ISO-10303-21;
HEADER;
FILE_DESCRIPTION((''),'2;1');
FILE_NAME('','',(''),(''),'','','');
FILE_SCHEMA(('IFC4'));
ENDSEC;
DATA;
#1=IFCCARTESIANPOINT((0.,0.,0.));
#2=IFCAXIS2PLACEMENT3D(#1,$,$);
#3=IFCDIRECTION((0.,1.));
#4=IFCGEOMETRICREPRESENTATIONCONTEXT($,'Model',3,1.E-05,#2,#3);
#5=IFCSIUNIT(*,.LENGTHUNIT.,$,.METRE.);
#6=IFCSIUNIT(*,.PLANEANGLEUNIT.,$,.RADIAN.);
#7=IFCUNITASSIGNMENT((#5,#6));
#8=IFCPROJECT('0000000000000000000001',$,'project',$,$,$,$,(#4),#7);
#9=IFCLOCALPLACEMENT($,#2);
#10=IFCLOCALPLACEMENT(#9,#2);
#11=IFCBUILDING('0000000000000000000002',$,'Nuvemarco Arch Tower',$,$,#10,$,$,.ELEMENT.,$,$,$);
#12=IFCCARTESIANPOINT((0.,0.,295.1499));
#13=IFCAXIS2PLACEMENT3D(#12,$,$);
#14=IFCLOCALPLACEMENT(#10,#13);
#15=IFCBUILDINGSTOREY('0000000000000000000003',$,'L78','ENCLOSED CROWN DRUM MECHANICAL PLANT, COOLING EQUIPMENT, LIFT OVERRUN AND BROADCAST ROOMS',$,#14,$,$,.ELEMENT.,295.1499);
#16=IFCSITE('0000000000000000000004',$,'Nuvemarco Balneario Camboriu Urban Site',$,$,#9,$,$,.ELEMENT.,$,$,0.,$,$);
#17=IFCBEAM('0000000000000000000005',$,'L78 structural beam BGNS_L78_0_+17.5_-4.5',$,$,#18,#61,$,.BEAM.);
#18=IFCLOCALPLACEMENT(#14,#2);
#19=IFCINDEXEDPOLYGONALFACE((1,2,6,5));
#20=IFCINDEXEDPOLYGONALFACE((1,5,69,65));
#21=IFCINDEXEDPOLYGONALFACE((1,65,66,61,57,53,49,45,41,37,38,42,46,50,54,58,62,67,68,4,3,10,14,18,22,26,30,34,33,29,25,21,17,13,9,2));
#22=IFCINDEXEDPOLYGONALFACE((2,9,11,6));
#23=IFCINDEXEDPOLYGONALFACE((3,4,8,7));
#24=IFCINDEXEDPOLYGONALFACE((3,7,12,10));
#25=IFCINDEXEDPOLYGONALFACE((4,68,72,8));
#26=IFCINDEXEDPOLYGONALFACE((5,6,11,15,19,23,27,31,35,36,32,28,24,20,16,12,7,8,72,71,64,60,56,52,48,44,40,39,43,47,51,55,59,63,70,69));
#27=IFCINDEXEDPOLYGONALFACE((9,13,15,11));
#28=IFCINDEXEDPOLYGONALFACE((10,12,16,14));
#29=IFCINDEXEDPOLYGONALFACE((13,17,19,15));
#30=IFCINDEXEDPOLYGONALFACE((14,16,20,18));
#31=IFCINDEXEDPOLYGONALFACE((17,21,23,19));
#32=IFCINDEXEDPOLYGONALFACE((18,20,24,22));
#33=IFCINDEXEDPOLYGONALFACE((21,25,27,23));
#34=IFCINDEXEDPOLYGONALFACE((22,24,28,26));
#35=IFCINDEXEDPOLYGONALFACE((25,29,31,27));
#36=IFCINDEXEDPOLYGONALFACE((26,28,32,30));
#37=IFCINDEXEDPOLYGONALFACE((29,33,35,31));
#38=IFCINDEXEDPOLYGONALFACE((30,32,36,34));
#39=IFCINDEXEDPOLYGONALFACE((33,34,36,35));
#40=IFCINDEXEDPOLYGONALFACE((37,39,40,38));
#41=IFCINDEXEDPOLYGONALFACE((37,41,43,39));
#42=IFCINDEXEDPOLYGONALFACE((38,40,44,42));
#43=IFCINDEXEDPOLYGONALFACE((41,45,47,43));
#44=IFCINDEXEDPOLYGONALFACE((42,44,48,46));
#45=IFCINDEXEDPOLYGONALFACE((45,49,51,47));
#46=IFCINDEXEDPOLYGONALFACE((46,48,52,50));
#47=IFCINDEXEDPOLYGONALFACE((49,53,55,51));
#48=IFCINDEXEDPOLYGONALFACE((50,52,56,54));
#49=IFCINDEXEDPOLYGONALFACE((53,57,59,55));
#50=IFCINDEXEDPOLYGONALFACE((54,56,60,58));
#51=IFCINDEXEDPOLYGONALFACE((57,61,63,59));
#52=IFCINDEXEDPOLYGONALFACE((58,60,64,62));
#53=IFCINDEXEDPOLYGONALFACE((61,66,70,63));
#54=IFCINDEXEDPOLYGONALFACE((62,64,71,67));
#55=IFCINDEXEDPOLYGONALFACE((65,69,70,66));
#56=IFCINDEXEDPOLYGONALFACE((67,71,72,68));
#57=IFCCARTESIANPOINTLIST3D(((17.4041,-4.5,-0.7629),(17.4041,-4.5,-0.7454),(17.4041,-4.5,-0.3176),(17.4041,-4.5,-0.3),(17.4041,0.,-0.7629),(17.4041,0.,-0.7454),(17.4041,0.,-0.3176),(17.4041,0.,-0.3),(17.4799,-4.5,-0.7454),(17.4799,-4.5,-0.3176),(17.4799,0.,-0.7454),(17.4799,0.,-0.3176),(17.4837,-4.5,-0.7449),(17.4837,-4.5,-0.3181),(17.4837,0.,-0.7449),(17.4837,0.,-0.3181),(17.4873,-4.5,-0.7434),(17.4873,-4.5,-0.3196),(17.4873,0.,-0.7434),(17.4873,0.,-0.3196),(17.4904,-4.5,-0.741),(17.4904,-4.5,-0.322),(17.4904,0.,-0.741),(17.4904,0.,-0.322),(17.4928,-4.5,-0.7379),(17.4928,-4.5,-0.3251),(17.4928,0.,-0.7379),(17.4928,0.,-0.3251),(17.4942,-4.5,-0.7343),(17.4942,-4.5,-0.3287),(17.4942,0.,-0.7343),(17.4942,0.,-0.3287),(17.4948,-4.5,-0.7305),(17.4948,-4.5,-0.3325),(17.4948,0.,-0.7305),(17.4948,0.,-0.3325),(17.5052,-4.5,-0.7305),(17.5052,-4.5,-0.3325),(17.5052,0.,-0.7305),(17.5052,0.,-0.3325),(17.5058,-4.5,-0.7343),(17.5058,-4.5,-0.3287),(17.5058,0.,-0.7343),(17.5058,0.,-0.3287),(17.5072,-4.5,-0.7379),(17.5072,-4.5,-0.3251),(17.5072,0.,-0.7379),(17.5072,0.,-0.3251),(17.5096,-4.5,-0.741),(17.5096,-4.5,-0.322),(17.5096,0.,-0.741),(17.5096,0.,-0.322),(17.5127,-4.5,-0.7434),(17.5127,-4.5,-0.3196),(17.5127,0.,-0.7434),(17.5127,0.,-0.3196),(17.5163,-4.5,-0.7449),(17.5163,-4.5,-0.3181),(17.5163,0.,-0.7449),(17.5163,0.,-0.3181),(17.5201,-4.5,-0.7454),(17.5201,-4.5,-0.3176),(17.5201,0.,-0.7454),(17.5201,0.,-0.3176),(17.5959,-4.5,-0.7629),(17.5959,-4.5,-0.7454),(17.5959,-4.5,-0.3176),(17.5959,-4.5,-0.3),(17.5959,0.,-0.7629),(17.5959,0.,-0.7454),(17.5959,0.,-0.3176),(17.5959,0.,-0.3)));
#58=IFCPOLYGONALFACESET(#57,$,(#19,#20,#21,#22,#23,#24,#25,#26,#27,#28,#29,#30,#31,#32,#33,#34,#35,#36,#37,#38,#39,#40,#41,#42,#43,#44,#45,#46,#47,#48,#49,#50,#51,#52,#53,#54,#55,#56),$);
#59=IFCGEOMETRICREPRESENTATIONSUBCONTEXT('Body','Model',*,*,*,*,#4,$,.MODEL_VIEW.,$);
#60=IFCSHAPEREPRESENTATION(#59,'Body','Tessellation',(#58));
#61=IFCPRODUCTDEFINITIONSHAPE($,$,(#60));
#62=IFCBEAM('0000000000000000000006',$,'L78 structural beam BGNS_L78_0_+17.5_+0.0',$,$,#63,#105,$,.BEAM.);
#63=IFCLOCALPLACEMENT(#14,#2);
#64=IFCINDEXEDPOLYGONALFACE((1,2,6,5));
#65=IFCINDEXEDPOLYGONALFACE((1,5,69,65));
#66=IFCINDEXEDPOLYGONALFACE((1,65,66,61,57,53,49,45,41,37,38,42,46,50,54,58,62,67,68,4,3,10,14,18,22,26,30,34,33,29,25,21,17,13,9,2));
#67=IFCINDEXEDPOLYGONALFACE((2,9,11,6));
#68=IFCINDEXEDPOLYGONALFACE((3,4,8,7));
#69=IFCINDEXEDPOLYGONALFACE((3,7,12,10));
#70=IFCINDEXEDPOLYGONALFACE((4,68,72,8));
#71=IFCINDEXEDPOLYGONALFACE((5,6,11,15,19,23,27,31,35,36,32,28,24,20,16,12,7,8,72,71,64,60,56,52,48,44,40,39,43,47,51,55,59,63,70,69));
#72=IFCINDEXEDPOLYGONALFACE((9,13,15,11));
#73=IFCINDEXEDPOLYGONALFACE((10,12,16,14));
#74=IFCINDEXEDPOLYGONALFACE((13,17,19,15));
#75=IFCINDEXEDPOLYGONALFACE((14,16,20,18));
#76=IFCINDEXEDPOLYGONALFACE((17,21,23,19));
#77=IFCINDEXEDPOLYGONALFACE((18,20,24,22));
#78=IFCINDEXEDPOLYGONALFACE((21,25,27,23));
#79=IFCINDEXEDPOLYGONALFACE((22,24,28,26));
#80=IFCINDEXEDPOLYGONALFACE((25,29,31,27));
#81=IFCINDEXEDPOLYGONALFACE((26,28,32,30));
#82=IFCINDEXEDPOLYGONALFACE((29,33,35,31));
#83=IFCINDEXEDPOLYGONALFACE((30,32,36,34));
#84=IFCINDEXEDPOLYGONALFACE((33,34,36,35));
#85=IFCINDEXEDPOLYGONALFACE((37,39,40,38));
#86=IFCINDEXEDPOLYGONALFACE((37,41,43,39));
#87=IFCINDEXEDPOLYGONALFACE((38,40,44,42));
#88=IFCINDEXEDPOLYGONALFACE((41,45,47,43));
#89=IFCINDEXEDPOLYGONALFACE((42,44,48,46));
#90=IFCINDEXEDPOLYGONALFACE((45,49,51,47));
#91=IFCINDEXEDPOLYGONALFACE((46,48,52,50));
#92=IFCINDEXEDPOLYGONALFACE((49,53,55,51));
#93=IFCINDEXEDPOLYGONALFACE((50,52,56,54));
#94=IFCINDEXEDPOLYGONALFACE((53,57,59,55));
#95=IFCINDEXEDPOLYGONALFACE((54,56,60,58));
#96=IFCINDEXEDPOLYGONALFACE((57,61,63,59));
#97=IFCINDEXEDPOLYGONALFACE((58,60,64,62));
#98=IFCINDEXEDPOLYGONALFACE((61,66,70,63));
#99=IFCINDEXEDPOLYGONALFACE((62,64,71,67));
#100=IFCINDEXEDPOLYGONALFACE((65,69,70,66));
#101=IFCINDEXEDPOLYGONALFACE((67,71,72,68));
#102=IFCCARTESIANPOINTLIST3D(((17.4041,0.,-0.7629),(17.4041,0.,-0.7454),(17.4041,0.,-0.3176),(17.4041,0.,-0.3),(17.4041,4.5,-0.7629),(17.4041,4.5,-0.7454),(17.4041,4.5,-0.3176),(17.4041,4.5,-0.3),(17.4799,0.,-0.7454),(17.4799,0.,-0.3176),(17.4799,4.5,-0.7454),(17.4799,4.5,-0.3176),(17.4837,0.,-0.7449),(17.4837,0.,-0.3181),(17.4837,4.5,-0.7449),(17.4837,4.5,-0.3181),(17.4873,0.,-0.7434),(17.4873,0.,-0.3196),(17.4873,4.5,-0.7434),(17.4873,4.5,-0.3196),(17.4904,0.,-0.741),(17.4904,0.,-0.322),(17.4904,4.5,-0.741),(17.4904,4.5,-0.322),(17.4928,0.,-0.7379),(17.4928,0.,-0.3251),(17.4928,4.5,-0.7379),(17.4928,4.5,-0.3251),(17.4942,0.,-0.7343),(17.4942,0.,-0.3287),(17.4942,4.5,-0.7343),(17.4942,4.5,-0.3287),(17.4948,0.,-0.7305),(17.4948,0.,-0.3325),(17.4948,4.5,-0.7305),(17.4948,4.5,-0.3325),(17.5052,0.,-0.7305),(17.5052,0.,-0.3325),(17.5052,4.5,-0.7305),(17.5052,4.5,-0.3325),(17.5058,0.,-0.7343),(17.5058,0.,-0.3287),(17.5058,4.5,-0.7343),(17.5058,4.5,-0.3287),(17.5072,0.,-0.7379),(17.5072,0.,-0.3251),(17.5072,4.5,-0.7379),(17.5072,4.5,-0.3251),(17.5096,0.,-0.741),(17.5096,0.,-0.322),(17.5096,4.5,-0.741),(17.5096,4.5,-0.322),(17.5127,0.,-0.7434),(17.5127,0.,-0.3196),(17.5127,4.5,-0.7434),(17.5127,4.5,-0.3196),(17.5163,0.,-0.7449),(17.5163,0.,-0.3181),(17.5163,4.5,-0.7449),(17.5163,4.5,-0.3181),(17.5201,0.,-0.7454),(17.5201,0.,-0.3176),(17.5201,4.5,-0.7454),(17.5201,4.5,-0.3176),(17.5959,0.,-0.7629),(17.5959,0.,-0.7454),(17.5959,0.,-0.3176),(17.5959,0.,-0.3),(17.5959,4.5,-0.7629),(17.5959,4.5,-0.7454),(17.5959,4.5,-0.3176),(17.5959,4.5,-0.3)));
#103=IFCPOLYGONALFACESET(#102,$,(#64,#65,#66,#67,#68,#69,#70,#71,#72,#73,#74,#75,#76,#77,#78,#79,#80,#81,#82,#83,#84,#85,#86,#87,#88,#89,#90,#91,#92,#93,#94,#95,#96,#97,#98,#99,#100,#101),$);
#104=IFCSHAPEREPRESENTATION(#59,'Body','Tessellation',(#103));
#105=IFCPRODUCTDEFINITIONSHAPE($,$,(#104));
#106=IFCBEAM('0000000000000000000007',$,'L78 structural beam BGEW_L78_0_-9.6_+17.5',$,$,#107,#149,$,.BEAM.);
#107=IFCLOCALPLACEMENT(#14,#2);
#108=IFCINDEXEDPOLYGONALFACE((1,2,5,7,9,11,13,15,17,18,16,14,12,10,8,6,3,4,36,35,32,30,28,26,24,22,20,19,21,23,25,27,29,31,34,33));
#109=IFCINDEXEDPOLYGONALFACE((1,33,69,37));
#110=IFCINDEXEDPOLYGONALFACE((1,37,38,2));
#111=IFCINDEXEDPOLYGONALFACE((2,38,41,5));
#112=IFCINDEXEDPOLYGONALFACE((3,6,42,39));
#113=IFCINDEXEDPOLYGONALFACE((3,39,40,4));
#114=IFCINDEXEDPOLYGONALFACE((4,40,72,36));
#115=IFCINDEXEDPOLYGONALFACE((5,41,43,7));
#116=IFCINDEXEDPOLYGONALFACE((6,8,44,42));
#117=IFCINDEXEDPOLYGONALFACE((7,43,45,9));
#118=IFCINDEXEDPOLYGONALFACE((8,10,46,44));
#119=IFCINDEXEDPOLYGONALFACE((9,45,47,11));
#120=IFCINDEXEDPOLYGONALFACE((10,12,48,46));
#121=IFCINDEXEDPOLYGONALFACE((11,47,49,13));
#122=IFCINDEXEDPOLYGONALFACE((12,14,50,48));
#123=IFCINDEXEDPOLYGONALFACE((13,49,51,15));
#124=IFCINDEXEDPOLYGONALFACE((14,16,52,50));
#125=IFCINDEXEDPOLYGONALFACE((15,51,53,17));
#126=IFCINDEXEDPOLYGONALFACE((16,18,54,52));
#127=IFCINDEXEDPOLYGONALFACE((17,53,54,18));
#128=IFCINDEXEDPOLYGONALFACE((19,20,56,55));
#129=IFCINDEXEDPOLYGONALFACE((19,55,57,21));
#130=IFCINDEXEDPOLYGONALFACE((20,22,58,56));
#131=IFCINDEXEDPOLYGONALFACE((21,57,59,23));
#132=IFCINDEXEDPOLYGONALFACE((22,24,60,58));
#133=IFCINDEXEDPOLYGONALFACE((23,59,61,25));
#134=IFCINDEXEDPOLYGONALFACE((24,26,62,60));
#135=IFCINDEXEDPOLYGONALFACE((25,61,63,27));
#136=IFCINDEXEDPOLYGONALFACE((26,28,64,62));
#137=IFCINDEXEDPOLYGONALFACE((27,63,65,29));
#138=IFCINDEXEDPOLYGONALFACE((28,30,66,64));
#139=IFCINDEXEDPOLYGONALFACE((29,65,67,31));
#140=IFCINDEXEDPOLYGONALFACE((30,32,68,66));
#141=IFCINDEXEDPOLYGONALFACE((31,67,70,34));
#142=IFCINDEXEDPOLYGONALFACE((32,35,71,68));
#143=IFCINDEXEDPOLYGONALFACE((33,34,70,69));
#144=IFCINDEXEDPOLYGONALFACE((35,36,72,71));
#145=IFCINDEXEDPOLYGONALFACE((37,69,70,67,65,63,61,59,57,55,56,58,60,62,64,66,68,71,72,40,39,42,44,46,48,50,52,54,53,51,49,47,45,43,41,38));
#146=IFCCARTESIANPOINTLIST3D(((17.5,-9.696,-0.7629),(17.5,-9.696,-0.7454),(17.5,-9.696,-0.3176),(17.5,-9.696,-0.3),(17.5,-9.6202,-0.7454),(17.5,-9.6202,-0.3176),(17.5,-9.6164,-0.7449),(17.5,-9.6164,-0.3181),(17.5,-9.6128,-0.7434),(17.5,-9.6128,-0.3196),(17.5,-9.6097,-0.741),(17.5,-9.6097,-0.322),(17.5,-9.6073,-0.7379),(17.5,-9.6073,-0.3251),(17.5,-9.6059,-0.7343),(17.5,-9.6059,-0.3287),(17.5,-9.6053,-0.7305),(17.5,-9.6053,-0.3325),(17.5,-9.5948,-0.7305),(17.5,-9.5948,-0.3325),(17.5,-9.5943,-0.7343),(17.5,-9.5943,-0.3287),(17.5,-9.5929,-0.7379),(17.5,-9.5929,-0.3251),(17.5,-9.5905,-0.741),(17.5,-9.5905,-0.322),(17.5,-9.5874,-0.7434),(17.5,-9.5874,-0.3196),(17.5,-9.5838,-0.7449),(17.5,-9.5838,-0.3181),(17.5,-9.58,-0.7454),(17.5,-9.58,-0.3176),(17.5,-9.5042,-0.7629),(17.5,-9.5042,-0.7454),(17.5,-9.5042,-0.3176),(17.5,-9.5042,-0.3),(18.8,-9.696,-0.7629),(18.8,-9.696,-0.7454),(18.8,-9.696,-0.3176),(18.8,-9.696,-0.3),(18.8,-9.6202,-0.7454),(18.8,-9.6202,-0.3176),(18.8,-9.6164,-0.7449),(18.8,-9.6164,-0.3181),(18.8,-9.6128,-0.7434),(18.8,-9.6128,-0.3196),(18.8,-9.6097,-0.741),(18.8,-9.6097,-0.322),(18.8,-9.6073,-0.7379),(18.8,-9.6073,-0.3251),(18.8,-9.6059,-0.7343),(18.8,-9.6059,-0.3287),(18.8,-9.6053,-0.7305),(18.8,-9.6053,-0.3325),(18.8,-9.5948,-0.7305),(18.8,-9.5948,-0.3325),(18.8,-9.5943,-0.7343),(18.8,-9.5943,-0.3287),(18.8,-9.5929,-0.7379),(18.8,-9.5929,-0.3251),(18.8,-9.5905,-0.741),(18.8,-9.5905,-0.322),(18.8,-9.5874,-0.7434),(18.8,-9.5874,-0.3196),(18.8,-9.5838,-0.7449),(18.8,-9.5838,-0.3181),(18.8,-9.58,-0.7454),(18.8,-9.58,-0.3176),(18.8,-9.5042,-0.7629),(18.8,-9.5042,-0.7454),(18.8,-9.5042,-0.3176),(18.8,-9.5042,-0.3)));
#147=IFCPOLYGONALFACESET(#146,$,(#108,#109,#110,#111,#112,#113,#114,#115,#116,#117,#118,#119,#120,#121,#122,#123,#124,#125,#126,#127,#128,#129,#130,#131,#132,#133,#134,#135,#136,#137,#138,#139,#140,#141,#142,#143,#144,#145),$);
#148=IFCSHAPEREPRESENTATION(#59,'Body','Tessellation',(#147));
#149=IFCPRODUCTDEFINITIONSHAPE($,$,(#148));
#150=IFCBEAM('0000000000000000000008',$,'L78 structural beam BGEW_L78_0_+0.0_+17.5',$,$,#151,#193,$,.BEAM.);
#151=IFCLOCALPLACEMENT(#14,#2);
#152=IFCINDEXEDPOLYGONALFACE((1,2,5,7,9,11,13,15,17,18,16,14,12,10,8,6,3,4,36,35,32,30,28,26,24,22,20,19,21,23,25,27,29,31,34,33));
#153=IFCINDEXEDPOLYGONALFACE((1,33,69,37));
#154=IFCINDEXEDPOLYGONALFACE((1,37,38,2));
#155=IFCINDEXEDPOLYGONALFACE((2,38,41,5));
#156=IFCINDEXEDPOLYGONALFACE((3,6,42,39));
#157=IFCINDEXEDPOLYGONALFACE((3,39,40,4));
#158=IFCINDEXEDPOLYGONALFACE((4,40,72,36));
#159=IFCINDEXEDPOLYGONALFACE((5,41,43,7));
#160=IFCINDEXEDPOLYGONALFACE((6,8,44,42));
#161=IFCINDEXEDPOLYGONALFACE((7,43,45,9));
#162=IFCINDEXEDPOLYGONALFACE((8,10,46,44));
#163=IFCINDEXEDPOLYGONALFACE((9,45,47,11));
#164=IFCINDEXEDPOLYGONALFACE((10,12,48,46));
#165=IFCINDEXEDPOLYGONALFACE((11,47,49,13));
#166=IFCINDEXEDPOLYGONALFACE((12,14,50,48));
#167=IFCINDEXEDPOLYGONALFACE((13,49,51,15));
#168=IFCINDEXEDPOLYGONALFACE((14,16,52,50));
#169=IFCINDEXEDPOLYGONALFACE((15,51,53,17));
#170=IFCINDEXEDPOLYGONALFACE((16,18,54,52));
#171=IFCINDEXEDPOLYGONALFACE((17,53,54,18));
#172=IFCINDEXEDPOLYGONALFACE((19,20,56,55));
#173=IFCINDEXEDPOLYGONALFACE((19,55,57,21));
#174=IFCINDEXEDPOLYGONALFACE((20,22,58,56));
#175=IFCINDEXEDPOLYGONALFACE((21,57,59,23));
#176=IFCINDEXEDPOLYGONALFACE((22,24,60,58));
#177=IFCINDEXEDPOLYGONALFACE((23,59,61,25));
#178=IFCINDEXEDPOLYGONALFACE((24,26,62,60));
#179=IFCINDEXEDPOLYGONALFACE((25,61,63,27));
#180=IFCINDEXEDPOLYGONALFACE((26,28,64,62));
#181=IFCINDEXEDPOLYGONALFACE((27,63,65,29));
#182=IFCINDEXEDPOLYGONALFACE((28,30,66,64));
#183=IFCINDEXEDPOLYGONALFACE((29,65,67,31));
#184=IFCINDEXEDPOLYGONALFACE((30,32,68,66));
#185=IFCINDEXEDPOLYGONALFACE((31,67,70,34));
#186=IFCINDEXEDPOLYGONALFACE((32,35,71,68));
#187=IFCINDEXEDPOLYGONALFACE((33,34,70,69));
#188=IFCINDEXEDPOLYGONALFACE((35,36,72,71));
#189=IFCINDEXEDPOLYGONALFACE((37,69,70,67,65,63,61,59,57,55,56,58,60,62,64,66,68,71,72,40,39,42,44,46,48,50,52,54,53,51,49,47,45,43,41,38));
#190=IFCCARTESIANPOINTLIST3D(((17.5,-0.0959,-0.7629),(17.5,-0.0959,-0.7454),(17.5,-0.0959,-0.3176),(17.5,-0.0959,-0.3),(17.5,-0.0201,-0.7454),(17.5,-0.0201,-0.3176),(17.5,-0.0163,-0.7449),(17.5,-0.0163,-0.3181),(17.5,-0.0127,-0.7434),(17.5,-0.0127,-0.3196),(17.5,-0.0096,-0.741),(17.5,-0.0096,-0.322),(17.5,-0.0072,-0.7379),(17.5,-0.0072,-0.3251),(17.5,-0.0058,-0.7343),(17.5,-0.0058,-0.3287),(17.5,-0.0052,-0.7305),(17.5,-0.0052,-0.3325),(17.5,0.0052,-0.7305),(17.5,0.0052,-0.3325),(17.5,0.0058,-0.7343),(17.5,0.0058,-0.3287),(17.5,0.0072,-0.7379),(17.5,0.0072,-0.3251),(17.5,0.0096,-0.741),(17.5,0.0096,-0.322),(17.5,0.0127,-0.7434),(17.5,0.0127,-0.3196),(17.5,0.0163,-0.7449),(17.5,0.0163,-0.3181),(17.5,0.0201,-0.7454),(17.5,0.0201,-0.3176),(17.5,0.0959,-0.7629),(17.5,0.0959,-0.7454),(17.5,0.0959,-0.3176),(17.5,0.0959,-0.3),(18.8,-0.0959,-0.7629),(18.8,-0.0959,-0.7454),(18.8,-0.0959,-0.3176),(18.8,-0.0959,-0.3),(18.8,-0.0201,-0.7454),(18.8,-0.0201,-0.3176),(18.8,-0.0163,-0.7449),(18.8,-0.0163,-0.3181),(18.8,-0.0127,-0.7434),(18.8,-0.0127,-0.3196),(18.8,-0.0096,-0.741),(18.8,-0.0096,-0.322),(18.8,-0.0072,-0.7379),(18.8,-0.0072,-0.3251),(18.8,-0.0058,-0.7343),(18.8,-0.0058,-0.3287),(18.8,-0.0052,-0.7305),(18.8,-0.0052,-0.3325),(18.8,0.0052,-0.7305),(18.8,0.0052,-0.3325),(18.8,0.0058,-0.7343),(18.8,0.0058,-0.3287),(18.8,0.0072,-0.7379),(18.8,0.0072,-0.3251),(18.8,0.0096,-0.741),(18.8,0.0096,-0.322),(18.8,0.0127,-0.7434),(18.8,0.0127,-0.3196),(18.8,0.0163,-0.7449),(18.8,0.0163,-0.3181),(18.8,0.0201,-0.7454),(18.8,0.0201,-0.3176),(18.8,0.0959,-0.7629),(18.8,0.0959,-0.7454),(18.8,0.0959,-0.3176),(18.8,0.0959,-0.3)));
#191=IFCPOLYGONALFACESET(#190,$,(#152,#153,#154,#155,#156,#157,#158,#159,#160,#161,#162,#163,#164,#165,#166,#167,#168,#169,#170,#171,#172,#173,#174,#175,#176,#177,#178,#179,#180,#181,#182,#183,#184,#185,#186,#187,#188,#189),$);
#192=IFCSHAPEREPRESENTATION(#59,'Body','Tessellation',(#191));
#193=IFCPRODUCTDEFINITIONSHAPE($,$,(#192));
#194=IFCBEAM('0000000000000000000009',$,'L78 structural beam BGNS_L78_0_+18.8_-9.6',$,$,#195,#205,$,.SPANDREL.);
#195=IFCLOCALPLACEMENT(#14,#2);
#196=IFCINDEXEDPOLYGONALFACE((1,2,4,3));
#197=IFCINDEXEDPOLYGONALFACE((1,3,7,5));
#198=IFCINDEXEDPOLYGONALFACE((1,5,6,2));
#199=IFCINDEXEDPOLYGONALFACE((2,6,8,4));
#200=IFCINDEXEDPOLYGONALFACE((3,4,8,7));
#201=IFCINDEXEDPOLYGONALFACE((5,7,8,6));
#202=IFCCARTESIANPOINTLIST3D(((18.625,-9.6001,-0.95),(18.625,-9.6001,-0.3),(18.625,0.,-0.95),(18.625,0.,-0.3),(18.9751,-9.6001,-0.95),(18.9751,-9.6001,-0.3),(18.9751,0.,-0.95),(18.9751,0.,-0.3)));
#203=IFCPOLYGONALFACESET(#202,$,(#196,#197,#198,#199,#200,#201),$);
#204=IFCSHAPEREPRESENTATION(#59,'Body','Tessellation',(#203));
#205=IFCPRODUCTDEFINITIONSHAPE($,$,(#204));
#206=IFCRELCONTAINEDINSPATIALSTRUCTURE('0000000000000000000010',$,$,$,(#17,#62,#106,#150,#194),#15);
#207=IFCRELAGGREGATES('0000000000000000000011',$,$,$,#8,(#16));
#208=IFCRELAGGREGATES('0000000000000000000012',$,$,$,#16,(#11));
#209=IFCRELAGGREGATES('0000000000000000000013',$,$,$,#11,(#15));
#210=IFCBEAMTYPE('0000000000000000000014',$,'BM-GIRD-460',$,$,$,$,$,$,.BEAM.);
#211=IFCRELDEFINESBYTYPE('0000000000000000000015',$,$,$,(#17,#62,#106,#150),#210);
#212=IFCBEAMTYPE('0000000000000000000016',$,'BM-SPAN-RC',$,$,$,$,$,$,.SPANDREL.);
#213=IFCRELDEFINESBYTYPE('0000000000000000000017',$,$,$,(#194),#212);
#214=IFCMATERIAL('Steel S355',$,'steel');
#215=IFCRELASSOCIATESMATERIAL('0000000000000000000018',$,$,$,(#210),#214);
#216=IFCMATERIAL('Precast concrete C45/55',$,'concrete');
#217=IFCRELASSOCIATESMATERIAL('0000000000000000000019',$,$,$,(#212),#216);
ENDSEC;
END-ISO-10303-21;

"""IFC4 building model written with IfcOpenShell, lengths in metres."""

from ifc_helpers import new_model, si_unit, direction, frame, origin, origin_2d, place, context, subcontext, project, spatial, rectangle, i_section, extrude, material, material_profile, profile_set, type_object, element, save


model = new_model("IFC4")

# Units and contexts
model_context = context("Model", 3, precision=1e-05, world=origin(), true_north=direction((0.0, 1.0)))
body_context = subcontext(model_context, "Body", "Model", "MODEL_VIEW")
ifc_project = project(units=[si_unit("LENGTHUNIT", "METRE"), si_unit("PLANEANGLEUNIT", "RADIAN")], contexts=[model_context])

# Site, building, storey
site_placement = place(None, origin())
site = spatial("IfcSite", under=ifc_project, at=site_placement, Name="Nuvemarco Balneario Camboriu Urban Site", CompositionType="ELEMENT", RefElevation=0.0)
building_placement = place(site_placement, origin())
building = spatial("IfcBuilding", under=site, at=building_placement, Name="Nuvemarco Arch Tower", CompositionType="ELEMENT")
storey_placement = place(building_placement, frame((0.0, 0.0, 295.1499)))
storey = spatial("IfcBuildingStorey", under=building, at=storey_placement, Name="L78", Description="ENCLOSED CROWN DRUM MECHANICAL PLANT, COOLING EQUIPMENT, LIFT OVERRUN AND BROADCAST ROOMS", CompositionType="ELEMENT", Elevation=295.1499)

# Shared definitions
ifc_material_1 = material(Name="Steel S355", Category="steel")

# Beams
ifc_material_profile_1 = material_profile(ifc_material_1, i_section(OverallWidth=0.1919, OverallDepth=0.4629, WebThickness=0.0105, FlangeThickness=0.0176, FilletRadius=0.0149, at=origin_2d()), Name="W460x89")
ifc_profile_set_1 = profile_set([ifc_material_profile_1], Name="Steel S355")
beam_type_1 = type_object("IfcBeamType", Name="BM-GIRD-460", PredefinedType="BEAM", material=ifc_profile_set_1)
for number, where, z_axis, x_axis, name in (
    (1, (17.5, -4.5, -0.5315), (0.0, 1.0, 0.0), (-1.0, 0.0, 0.0), "L78 structural beam BGNS_L78_0_+17.5_-4.5"),
    (2, (17.5, 0.0, -0.5315), (0.0, 1.0, 0.0), (-1.0, 0.0, 0.0), "L78 structural beam BGNS_L78_0_+17.5_+0.0"),
):
    element("IfcBeam", number, at=place(storey_placement, frame(where, z_axis=z_axis, x_axis=x_axis)), inside=storey, type_object=beam_type_1, Name=name, PredefinedType="BEAM", context=body_context, shape_type="SweptSolid", body=[
        extrude(i_section(OverallWidth=0.1919, OverallDepth=0.4629, WebThickness=0.0105, FlangeThickness=0.0176, FilletRadius=0.0149, at=origin_2d()), origin(), (0.0, 0.0, 1.0), 4.5),
    ])
for number, where, z_axis, x_axis, name in (
    (3, (17.5, -9.6001, -0.5315), (1.0, 0.0, 0.0), (0.0, 1.0, 0.0), "L78 structural beam BGEW_L78_0_-9.6_+17.5"),
    (4, (17.5, 0.0, -0.5315), (1.0, 0.0, 0.0), (0.0, 1.0, 0.0), "L78 structural beam BGEW_L78_0_+0.0_+17.5"),
):
    element("IfcBeam", number, at=place(storey_placement, frame(where, z_axis=z_axis, x_axis=x_axis)), inside=storey, type_object=beam_type_1, Name=name, PredefinedType="BEAM", context=body_context, shape_type="SweptSolid", body=[
        extrude(i_section(OverallWidth=0.1919, OverallDepth=0.4629, WebThickness=0.0105, FlangeThickness=0.0176, FilletRadius=0.0149, at=origin_2d()), origin(), (0.0, 0.0, 1.0), 1.3),
    ])
ifc_material_2 = material(Name="Precast concrete C45/55", Category="concrete")
ifc_material_profile_2 = material_profile(ifc_material_2, rectangle(XDim=0.3501, YDim=0.6499, at=origin_2d()), Name="PC-SP-350x650")
ifc_profile_set_2 = profile_set([ifc_material_profile_2], Name="Precast concrete C45/55")
beam_type_2 = type_object("IfcBeamType", Name="BM-SPAN-RC", PredefinedType="SPANDREL", material=ifc_profile_set_2)
beam_1_placement = place(storey_placement, frame((18.8, -9.6001, -0.625), z_axis=(0.0, 1.0, 0.0), x_axis=(-1.0, 0.0, 0.0)))
element("IfcBeam", 5, at=beam_1_placement, inside=storey, type_object=beam_type_2, Name="L78 structural beam BGNS_L78_0_+18.8_-9.6", PredefinedType="SPANDREL", context=body_context, shape_type="SweptSolid", body=[
    extrude(rectangle(XDim=0.3501, YDim=0.6499, at=origin_2d()), origin(), (0.0, 0.0, 1.0), 9.6001),
])

save(model, "model.ifc")
